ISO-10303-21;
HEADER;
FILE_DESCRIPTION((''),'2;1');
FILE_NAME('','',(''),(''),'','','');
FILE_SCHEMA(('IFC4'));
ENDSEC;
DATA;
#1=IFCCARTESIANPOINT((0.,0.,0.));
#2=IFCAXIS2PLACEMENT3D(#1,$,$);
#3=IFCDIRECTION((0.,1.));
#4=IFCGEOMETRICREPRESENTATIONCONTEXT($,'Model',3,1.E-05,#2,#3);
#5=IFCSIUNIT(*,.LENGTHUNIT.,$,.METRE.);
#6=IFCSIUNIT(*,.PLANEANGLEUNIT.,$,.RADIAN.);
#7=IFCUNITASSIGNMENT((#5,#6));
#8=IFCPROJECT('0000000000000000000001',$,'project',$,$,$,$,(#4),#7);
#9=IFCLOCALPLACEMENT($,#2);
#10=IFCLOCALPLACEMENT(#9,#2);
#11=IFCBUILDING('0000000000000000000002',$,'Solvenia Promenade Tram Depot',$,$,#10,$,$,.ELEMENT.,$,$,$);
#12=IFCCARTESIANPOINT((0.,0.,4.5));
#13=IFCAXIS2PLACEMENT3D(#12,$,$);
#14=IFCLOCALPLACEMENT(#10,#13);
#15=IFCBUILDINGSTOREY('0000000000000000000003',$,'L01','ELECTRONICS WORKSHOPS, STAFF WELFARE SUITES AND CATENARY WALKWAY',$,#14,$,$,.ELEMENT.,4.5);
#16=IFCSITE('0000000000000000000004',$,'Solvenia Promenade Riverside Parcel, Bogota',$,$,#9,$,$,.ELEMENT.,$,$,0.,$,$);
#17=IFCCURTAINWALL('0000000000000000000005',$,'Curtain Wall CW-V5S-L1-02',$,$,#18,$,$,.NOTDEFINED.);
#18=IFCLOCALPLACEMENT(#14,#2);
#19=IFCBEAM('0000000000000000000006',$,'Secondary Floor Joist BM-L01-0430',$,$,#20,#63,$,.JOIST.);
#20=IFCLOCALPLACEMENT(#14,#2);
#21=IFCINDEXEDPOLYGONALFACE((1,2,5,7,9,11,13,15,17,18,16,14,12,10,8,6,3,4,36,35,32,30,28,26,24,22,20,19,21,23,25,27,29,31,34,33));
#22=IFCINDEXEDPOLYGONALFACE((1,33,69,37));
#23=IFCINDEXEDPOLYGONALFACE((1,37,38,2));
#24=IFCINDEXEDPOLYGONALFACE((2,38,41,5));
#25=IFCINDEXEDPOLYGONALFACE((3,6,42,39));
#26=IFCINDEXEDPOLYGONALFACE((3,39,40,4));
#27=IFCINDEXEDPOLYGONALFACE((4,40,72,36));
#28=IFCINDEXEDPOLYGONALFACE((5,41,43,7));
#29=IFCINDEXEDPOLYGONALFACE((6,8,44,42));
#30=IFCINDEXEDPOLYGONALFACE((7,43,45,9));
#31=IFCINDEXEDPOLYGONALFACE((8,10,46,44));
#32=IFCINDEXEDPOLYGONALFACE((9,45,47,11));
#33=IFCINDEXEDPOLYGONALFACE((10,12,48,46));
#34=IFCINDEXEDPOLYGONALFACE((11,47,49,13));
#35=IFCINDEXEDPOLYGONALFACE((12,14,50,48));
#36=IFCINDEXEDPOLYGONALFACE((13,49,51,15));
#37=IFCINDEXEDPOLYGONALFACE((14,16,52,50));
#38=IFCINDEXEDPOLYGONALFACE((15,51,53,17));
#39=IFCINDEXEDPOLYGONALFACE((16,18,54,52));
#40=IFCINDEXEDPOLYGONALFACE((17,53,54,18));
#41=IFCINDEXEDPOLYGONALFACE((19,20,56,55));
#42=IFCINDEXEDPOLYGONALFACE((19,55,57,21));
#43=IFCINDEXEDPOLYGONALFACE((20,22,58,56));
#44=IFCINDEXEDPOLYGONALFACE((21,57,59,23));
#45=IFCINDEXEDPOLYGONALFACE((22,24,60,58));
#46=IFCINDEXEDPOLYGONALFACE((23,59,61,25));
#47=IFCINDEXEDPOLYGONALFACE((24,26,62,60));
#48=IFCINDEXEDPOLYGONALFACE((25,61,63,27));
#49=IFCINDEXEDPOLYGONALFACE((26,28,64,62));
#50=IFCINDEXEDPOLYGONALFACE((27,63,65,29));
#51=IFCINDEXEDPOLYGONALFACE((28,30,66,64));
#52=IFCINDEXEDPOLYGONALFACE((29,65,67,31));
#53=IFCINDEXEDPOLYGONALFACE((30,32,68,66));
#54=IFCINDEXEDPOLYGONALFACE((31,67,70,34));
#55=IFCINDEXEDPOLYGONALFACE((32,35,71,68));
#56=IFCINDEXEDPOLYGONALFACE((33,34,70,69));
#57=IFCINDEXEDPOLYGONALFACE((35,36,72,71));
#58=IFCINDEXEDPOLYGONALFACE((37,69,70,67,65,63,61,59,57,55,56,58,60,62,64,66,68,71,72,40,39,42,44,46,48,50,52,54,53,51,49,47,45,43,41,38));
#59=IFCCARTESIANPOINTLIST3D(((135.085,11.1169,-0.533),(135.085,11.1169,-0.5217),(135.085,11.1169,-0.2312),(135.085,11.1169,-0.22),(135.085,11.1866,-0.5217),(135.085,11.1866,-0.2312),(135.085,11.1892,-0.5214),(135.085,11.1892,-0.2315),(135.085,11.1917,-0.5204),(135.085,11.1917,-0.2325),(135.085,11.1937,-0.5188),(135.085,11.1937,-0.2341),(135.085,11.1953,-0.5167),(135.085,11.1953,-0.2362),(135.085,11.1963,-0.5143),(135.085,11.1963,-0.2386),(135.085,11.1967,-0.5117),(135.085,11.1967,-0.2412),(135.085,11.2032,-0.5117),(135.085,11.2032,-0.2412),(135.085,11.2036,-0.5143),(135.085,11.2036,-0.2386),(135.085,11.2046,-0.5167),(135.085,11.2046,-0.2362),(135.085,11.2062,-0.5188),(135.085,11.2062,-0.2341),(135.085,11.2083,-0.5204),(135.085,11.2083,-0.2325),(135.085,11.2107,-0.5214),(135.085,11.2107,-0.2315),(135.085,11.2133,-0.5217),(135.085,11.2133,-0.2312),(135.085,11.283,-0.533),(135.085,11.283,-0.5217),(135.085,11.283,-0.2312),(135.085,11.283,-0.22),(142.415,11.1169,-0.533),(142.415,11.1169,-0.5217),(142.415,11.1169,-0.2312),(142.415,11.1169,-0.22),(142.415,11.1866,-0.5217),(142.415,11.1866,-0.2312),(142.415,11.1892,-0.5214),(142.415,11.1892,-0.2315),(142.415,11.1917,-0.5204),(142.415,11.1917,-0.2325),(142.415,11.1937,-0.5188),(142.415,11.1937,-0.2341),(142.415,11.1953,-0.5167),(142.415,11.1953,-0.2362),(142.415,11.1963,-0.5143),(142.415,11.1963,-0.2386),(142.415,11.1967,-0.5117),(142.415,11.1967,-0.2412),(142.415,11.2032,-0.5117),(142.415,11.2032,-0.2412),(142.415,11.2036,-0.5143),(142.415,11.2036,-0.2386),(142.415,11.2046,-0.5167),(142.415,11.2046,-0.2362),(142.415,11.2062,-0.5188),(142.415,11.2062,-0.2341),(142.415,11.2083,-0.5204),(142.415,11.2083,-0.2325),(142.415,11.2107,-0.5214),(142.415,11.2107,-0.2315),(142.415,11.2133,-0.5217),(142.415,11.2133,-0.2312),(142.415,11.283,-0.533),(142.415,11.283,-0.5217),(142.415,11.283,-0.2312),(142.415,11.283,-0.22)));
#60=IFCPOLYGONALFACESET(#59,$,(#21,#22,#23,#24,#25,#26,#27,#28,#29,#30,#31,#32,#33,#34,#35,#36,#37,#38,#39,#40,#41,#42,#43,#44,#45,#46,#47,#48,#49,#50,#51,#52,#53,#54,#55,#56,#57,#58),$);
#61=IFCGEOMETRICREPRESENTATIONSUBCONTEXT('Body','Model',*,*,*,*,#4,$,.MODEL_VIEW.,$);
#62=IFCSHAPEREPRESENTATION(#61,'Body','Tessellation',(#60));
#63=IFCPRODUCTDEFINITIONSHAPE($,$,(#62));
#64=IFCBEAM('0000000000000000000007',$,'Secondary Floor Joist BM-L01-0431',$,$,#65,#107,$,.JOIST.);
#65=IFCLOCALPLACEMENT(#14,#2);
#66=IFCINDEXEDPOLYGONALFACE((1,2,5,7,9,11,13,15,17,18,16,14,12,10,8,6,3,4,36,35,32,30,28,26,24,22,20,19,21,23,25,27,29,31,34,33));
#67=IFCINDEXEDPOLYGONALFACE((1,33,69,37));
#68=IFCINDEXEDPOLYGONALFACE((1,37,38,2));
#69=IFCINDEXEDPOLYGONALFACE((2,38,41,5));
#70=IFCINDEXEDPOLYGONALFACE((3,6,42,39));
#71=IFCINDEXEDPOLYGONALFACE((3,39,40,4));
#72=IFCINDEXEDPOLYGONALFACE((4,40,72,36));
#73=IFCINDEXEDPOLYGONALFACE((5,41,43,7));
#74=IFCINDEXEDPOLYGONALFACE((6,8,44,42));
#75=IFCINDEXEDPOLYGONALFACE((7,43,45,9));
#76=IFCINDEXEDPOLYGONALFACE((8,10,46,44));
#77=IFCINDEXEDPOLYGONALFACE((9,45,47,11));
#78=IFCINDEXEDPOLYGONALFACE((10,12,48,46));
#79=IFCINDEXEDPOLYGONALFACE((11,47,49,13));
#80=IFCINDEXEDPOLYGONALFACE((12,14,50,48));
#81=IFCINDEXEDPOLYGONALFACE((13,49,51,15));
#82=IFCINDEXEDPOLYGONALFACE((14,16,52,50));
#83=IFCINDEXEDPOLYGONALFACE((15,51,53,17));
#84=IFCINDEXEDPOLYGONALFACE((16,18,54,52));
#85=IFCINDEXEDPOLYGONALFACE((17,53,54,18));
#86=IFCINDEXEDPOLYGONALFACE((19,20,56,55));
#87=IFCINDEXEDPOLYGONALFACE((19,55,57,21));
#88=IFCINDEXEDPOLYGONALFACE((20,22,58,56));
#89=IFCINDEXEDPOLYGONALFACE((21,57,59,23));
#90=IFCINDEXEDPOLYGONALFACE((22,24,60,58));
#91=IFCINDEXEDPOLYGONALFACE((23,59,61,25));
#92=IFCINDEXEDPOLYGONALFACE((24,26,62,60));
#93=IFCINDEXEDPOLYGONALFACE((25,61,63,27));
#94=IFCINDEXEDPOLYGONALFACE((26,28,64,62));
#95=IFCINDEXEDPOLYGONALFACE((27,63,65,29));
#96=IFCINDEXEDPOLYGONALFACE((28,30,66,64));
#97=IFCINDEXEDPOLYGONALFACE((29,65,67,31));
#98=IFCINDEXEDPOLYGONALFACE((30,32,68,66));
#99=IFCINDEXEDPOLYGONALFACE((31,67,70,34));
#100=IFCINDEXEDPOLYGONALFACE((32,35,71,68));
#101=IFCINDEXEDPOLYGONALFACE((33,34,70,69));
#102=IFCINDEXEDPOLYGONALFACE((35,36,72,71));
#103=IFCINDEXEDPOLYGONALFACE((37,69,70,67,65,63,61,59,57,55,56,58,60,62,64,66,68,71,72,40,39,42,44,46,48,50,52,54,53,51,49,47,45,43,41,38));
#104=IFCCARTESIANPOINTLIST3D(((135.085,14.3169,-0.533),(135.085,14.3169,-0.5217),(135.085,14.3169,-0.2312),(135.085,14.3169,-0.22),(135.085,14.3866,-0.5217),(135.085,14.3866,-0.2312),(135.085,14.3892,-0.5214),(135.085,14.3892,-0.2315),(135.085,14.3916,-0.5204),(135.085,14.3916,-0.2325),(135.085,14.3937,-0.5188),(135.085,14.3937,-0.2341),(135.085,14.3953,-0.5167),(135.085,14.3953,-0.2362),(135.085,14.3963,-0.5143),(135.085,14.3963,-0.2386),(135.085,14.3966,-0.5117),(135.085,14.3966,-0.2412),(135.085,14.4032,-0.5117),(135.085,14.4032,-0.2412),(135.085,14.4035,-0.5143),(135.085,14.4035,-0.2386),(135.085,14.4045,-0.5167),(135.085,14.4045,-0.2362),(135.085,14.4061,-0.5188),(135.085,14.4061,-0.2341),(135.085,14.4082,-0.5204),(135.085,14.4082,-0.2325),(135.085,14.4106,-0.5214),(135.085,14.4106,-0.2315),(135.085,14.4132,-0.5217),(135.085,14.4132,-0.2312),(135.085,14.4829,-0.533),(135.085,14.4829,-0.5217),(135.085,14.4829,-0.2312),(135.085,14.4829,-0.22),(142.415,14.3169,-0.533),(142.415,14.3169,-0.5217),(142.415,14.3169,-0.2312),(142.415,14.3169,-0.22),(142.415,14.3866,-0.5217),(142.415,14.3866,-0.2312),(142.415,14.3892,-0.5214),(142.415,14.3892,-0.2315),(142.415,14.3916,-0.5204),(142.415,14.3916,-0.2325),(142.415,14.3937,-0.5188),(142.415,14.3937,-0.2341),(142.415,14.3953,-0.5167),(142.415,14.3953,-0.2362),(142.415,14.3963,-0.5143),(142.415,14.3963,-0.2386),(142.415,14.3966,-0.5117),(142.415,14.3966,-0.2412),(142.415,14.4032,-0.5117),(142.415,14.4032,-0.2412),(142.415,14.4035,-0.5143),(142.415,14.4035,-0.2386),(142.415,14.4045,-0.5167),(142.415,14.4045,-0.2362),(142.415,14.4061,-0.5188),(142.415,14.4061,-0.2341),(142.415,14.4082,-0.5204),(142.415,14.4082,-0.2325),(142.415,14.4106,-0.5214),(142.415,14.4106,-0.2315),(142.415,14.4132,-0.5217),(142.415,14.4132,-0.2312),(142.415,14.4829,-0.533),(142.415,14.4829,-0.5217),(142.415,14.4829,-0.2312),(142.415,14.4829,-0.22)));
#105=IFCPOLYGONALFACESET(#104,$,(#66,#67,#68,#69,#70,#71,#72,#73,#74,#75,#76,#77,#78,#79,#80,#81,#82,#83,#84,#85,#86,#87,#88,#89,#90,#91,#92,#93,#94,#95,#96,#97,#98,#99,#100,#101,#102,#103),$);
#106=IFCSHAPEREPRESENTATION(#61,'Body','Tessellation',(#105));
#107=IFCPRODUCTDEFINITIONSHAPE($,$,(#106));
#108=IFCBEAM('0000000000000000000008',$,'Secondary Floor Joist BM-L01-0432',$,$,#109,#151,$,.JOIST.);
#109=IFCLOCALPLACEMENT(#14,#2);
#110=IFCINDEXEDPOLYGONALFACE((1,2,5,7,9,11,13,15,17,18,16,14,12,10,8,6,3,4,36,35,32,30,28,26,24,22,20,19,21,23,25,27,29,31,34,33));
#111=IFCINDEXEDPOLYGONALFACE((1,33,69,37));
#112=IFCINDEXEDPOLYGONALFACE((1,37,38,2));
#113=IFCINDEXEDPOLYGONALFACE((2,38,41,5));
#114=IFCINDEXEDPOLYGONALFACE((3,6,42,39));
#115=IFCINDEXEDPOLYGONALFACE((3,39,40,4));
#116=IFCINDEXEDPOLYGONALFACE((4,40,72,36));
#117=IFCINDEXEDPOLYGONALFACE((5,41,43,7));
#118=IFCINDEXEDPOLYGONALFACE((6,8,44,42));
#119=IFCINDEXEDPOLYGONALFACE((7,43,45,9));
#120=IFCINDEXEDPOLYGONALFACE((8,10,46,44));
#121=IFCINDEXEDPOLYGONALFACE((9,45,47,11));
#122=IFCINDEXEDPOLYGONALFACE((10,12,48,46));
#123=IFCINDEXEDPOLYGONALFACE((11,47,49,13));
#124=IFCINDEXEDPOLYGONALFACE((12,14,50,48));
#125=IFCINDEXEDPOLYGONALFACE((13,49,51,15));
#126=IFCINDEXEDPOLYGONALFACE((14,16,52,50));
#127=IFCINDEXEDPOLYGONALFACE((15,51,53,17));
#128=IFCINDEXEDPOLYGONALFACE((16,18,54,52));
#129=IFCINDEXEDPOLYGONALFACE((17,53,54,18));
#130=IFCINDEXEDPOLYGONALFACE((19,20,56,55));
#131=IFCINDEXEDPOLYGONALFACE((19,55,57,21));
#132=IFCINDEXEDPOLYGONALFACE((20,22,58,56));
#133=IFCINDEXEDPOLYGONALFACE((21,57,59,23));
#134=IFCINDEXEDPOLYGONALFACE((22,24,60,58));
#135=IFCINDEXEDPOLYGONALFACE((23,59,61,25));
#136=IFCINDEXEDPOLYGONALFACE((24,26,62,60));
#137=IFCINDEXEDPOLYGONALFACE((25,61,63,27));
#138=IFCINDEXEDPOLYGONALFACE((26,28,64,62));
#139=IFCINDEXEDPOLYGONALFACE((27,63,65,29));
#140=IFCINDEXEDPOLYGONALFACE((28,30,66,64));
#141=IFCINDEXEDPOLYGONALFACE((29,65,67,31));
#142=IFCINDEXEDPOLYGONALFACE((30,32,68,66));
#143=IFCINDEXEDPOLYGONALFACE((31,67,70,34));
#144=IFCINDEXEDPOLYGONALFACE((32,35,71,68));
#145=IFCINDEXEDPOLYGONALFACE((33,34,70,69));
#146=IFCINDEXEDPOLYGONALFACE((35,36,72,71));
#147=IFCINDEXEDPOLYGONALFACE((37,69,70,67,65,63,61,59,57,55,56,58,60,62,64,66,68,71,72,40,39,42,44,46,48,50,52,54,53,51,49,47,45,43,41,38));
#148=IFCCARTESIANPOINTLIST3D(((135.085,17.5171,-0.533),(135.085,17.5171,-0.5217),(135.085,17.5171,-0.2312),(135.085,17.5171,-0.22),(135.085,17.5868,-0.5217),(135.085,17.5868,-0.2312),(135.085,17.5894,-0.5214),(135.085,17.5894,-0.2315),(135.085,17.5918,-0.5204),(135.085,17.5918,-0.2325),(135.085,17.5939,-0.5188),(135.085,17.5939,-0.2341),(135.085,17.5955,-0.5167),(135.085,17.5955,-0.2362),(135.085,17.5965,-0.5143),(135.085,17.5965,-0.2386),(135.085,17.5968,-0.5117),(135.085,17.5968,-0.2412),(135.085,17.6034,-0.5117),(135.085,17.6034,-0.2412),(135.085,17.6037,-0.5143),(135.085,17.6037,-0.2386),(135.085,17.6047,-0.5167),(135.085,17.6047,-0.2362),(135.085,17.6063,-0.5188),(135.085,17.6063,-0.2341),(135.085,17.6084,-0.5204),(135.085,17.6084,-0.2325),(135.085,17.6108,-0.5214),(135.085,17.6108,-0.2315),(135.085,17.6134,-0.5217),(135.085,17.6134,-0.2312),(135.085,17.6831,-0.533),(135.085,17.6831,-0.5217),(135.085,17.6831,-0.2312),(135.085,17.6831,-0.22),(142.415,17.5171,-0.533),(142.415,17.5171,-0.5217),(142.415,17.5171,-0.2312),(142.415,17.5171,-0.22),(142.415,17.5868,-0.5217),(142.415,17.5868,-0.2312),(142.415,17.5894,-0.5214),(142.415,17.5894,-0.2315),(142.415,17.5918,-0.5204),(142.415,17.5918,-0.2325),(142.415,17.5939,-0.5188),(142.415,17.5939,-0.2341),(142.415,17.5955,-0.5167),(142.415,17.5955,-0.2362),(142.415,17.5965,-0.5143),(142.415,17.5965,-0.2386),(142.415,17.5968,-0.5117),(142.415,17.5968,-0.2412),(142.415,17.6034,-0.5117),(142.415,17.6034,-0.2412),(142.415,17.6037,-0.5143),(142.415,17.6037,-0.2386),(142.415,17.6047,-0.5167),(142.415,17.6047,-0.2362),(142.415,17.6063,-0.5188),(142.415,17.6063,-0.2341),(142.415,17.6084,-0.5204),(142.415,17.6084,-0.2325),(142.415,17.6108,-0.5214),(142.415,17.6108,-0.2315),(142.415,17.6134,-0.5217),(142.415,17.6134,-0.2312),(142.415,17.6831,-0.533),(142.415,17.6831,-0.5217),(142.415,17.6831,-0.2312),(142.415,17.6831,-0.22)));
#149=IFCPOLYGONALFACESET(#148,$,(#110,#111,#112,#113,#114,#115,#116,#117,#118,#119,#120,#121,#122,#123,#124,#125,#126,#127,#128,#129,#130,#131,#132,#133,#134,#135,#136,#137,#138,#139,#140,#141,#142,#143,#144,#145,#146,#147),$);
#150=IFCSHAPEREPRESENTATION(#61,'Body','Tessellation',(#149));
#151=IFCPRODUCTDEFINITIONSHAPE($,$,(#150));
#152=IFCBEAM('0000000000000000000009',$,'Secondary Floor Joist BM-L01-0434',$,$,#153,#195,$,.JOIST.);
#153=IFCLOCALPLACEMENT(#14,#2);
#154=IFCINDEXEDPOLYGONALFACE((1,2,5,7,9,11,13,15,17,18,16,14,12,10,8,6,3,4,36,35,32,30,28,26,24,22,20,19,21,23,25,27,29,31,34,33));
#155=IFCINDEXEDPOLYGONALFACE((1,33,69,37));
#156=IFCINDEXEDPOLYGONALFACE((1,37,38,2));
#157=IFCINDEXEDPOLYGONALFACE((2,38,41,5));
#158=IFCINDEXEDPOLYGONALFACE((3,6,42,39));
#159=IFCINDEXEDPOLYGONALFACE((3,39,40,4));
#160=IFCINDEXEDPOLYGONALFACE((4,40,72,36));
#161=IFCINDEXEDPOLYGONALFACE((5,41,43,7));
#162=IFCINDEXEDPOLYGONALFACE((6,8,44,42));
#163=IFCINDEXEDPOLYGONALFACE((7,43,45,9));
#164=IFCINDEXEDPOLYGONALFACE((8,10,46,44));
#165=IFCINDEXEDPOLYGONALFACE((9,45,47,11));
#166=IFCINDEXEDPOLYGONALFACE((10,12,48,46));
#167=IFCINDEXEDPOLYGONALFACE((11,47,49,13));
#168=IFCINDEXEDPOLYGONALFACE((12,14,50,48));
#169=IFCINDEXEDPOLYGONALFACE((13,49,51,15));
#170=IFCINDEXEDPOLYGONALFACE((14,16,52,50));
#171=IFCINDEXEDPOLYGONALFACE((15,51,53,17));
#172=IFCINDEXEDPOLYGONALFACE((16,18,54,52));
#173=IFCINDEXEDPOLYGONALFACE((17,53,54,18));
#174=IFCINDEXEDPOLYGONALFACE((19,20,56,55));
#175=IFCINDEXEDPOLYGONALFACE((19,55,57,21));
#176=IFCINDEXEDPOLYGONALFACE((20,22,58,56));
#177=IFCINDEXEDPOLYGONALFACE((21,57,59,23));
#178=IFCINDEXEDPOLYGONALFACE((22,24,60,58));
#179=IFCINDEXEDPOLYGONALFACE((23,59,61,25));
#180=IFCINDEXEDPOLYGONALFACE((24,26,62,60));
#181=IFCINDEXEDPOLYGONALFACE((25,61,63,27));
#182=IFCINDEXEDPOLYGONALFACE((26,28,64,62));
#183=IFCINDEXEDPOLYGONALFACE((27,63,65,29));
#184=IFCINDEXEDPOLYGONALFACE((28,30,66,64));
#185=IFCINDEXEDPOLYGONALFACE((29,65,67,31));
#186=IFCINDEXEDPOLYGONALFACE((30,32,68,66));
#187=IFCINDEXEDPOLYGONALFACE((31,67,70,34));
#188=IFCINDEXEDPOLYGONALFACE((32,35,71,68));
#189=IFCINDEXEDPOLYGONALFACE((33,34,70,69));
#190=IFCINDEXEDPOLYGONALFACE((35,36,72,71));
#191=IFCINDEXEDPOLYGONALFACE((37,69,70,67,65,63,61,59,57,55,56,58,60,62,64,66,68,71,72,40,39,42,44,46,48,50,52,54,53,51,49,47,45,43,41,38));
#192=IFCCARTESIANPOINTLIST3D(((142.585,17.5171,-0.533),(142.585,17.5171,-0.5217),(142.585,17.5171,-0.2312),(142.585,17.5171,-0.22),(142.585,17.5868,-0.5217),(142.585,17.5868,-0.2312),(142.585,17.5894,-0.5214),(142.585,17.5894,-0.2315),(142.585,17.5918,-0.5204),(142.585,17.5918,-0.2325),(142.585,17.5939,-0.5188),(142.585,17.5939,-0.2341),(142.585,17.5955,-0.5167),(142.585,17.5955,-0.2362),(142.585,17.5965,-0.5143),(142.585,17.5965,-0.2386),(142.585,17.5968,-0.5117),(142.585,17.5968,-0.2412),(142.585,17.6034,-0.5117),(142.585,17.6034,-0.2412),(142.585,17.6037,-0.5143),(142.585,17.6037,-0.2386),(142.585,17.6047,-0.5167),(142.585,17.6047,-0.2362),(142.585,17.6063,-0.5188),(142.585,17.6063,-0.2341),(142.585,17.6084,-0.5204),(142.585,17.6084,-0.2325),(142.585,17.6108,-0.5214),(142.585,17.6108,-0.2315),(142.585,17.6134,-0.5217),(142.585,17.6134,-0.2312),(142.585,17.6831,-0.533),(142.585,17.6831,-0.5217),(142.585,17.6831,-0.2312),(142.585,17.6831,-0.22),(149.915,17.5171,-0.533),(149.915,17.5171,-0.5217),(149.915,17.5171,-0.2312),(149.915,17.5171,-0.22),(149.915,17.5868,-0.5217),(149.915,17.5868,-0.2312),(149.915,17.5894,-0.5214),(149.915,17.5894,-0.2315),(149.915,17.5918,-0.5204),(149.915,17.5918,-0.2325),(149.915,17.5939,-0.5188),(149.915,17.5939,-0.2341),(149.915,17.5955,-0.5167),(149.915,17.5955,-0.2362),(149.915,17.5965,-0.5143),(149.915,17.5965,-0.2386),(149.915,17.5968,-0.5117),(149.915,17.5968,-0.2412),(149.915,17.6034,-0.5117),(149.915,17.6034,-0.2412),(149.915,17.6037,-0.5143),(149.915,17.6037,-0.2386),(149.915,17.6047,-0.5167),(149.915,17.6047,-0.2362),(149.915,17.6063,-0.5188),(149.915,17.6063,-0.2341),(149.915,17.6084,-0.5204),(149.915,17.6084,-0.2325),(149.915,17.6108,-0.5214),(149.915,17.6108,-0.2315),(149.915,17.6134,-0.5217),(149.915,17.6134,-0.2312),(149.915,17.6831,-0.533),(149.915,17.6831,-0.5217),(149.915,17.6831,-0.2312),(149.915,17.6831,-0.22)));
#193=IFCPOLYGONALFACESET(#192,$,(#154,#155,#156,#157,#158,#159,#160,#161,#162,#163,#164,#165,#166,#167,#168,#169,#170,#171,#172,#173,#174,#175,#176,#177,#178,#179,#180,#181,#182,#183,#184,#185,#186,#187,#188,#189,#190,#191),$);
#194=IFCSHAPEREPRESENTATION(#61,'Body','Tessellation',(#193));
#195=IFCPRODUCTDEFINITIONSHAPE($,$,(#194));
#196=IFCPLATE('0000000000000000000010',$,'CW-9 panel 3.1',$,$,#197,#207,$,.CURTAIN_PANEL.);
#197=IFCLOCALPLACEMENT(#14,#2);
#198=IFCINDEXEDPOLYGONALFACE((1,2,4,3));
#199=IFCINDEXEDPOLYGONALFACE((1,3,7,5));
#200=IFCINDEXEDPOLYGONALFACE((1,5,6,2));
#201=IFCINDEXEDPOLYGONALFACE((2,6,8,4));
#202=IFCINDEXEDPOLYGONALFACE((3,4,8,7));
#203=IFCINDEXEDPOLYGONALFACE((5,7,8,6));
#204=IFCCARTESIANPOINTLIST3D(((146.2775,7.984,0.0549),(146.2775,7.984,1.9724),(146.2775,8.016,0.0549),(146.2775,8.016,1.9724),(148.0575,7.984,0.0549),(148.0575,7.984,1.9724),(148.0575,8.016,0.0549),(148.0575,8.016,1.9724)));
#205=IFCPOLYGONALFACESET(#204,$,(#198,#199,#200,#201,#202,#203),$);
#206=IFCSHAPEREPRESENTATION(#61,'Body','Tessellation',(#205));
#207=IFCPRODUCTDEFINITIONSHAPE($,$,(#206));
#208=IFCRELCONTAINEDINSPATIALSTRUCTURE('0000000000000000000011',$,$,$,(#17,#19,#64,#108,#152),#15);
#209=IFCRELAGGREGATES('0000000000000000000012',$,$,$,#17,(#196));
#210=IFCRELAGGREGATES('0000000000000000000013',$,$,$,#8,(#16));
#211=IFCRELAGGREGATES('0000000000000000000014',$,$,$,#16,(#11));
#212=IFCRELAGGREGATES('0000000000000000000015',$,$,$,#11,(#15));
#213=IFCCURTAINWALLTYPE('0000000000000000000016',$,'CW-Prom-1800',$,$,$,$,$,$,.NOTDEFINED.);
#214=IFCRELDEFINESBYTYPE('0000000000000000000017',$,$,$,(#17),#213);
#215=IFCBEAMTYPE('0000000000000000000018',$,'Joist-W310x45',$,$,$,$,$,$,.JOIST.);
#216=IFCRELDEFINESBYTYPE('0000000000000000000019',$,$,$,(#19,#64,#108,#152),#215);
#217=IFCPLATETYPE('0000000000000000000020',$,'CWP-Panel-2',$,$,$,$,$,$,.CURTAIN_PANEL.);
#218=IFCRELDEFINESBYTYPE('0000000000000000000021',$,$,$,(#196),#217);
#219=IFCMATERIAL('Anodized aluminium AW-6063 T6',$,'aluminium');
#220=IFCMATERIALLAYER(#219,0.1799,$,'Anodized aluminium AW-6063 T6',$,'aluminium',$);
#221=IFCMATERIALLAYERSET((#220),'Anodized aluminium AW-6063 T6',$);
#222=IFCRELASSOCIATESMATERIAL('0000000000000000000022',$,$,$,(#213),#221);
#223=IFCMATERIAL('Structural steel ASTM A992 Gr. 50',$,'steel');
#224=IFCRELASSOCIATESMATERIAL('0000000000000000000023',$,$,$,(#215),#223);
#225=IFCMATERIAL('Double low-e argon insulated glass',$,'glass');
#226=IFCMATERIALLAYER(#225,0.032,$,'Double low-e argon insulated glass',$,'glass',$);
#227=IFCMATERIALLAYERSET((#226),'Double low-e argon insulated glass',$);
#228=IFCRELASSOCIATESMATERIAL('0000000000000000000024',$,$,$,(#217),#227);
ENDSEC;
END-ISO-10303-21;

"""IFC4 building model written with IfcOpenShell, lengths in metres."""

from ifc_helpers import new_model, si_unit, direction, frame, origin, origin_2d, place, context, subcontext, project, spatial, rectangle, i_section, extrude, material, layer, layer_set, material_profile, profile_set, type_object, element, aggregate, save


model = new_model("IFC4")

# Units and contexts
model_context = context("Model", 3, precision=1e-05, world=origin(), true_north=direction((0.0, 1.0)))
body_context = subcontext(model_context, "Body", "Model", "MODEL_VIEW")
ifc_project = project(units=[si_unit("LENGTHUNIT", "METRE"), si_unit("PLANEANGLEUNIT", "RADIAN")], contexts=[model_context])

# Site, building, storey
site_placement = place(None, origin())
site = spatial("IfcSite", under=ifc_project, at=site_placement, Name="Solvenia Promenade Riverside Parcel, Bogota", CompositionType="ELEMENT", RefElevation=0.0)
building_placement = place(site_placement, origin())
building = spatial("IfcBuilding", under=site, at=building_placement, Name="Solvenia Promenade Tram Depot", CompositionType="ELEMENT")
storey_placement = place(building_placement, frame((0.0, 0.0, 4.5)))
storey = spatial("IfcBuildingStorey", under=building, at=storey_placement, Name="L01", Description="ELECTRONICS WORKSHOPS, STAFF WELFARE SUITES AND CATENARY WALKWAY", CompositionType="ELEMENT", Elevation=4.5)

# Curtain wall
ifc_material_1 = material(Name="Anodized aluminium AW-6063 T6", Category="aluminium")
ifc_layer_1 = layer(ifc_material_1, 0.1799, Name="Anodized aluminium AW-6063 T6", Category="aluminium")
ifc_layer_set_1 = layer_set([ifc_layer_1], Name="Anodized aluminium AW-6063 T6")
curtain_wall_type = type_object("IfcCurtainWallType", Name="CW-Prom-1800", PredefinedType="NOTDEFINED", material=ifc_layer_set_1)
curtain_wall_1_placement = place(storey_placement, origin())
curtain_wall_1 = element("IfcCurtainWall", 1, at=curtain_wall_1_placement, inside=storey, type_object=curtain_wall_type, Name="Curtain Wall CW-V5S-L1-02", PredefinedType="NOTDEFINED")

# Beams
ifc_material_2 = material(Name="Structural steel ASTM A992 Gr. 50", Category="steel")
ifc_material_profile_1 = material_profile(ifc_material_2, i_section(OverallWidth=0.166, OverallDepth=0.313, WebThickness=0.0066, FlangeThickness=0.0112, FilletRadius=0.01, at=origin_2d()), Name="W310x45", Category="steel")
ifc_profile_set_1 = profile_set([ifc_material_profile_1], Name="Structural steel ASTM A992 Gr. 50")
beam_type_1 = type_object("IfcBeamType", Name="Joist-W310x45", PredefinedType="JOIST", material=ifc_profile_set_1)
for number, where, z_axis, x_axis, name in (
    (2, (135.085, 11.2, -0.3765), (1.0, 0.0, 0.0), (0.0, 1.0, 0.0), "Secondary Floor Joist BM-L01-0430"),
    (3, (135.085, 14.3999, -0.3765), (1.0, 0.0, 0.0), (0.0, 1.0, 0.0), "Secondary Floor Joist BM-L01-0431"),
    (4, (135.085, 17.6001, -0.3765), (1.0, 0.0, 0.0), (0.0, 1.0, 0.0), "Secondary Floor Joist BM-L01-0432"),
    (5, (142.585, 17.6001, -0.3765), (1.0, 0.0, 0.0), (0.0, 1.0, 0.0), "Secondary Floor Joist BM-L01-0434"),
):
    element("IfcBeam", number, at=place(storey_placement, frame(where, z_axis=z_axis, x_axis=x_axis)), inside=storey, type_object=beam_type_1, Name=name, PredefinedType="JOIST", context=body_context, shape_type="SweptSolid", body=[
        extrude(i_section(OverallWidth=0.166, OverallDepth=0.313, WebThickness=0.0066, FlangeThickness=0.0112, FilletRadius=0.01, at=origin_2d()), origin(), (0.0, 0.0, 1.0), 7.3301),
    ])

# Plate
ifc_material_3 = material(Name="Double low-e argon insulated glass", Category="glass")
ifc_layer_2 = layer(ifc_material_3, 0.032, Name="Double low-e argon insulated glass", Category="glass")
ifc_layer_set_2 = layer_set([ifc_layer_2], Name="Double low-e argon insulated glass")
plate_type = type_object("IfcPlateType", Name="CWP-Panel-2", PredefinedType="CURTAIN_PANEL", material=ifc_layer_set_2)
plate_1_placement = place(storey_placement, frame((147.1675, 8.0, 0.0549), z_axis=(0.0, 0.0, 1.0), x_axis=(1.0, 0.0, 0.0)))
plate_1 = element("IfcPlate", 6, at=plate_1_placement, type_object=plate_type, Name="CW-9 panel 3.1", PredefinedType="CURTAIN_PANEL", context=body_context, shape_type="SweptSolid", body=[
    extrude(rectangle(XDim=1.78, YDim=0.032, at=origin_2d()), origin(), (0.0, 0.0, 1.0), 1.9175),
])
aggregate(curtain_wall_1, [plate_1])

save(model, "model.ifc")
